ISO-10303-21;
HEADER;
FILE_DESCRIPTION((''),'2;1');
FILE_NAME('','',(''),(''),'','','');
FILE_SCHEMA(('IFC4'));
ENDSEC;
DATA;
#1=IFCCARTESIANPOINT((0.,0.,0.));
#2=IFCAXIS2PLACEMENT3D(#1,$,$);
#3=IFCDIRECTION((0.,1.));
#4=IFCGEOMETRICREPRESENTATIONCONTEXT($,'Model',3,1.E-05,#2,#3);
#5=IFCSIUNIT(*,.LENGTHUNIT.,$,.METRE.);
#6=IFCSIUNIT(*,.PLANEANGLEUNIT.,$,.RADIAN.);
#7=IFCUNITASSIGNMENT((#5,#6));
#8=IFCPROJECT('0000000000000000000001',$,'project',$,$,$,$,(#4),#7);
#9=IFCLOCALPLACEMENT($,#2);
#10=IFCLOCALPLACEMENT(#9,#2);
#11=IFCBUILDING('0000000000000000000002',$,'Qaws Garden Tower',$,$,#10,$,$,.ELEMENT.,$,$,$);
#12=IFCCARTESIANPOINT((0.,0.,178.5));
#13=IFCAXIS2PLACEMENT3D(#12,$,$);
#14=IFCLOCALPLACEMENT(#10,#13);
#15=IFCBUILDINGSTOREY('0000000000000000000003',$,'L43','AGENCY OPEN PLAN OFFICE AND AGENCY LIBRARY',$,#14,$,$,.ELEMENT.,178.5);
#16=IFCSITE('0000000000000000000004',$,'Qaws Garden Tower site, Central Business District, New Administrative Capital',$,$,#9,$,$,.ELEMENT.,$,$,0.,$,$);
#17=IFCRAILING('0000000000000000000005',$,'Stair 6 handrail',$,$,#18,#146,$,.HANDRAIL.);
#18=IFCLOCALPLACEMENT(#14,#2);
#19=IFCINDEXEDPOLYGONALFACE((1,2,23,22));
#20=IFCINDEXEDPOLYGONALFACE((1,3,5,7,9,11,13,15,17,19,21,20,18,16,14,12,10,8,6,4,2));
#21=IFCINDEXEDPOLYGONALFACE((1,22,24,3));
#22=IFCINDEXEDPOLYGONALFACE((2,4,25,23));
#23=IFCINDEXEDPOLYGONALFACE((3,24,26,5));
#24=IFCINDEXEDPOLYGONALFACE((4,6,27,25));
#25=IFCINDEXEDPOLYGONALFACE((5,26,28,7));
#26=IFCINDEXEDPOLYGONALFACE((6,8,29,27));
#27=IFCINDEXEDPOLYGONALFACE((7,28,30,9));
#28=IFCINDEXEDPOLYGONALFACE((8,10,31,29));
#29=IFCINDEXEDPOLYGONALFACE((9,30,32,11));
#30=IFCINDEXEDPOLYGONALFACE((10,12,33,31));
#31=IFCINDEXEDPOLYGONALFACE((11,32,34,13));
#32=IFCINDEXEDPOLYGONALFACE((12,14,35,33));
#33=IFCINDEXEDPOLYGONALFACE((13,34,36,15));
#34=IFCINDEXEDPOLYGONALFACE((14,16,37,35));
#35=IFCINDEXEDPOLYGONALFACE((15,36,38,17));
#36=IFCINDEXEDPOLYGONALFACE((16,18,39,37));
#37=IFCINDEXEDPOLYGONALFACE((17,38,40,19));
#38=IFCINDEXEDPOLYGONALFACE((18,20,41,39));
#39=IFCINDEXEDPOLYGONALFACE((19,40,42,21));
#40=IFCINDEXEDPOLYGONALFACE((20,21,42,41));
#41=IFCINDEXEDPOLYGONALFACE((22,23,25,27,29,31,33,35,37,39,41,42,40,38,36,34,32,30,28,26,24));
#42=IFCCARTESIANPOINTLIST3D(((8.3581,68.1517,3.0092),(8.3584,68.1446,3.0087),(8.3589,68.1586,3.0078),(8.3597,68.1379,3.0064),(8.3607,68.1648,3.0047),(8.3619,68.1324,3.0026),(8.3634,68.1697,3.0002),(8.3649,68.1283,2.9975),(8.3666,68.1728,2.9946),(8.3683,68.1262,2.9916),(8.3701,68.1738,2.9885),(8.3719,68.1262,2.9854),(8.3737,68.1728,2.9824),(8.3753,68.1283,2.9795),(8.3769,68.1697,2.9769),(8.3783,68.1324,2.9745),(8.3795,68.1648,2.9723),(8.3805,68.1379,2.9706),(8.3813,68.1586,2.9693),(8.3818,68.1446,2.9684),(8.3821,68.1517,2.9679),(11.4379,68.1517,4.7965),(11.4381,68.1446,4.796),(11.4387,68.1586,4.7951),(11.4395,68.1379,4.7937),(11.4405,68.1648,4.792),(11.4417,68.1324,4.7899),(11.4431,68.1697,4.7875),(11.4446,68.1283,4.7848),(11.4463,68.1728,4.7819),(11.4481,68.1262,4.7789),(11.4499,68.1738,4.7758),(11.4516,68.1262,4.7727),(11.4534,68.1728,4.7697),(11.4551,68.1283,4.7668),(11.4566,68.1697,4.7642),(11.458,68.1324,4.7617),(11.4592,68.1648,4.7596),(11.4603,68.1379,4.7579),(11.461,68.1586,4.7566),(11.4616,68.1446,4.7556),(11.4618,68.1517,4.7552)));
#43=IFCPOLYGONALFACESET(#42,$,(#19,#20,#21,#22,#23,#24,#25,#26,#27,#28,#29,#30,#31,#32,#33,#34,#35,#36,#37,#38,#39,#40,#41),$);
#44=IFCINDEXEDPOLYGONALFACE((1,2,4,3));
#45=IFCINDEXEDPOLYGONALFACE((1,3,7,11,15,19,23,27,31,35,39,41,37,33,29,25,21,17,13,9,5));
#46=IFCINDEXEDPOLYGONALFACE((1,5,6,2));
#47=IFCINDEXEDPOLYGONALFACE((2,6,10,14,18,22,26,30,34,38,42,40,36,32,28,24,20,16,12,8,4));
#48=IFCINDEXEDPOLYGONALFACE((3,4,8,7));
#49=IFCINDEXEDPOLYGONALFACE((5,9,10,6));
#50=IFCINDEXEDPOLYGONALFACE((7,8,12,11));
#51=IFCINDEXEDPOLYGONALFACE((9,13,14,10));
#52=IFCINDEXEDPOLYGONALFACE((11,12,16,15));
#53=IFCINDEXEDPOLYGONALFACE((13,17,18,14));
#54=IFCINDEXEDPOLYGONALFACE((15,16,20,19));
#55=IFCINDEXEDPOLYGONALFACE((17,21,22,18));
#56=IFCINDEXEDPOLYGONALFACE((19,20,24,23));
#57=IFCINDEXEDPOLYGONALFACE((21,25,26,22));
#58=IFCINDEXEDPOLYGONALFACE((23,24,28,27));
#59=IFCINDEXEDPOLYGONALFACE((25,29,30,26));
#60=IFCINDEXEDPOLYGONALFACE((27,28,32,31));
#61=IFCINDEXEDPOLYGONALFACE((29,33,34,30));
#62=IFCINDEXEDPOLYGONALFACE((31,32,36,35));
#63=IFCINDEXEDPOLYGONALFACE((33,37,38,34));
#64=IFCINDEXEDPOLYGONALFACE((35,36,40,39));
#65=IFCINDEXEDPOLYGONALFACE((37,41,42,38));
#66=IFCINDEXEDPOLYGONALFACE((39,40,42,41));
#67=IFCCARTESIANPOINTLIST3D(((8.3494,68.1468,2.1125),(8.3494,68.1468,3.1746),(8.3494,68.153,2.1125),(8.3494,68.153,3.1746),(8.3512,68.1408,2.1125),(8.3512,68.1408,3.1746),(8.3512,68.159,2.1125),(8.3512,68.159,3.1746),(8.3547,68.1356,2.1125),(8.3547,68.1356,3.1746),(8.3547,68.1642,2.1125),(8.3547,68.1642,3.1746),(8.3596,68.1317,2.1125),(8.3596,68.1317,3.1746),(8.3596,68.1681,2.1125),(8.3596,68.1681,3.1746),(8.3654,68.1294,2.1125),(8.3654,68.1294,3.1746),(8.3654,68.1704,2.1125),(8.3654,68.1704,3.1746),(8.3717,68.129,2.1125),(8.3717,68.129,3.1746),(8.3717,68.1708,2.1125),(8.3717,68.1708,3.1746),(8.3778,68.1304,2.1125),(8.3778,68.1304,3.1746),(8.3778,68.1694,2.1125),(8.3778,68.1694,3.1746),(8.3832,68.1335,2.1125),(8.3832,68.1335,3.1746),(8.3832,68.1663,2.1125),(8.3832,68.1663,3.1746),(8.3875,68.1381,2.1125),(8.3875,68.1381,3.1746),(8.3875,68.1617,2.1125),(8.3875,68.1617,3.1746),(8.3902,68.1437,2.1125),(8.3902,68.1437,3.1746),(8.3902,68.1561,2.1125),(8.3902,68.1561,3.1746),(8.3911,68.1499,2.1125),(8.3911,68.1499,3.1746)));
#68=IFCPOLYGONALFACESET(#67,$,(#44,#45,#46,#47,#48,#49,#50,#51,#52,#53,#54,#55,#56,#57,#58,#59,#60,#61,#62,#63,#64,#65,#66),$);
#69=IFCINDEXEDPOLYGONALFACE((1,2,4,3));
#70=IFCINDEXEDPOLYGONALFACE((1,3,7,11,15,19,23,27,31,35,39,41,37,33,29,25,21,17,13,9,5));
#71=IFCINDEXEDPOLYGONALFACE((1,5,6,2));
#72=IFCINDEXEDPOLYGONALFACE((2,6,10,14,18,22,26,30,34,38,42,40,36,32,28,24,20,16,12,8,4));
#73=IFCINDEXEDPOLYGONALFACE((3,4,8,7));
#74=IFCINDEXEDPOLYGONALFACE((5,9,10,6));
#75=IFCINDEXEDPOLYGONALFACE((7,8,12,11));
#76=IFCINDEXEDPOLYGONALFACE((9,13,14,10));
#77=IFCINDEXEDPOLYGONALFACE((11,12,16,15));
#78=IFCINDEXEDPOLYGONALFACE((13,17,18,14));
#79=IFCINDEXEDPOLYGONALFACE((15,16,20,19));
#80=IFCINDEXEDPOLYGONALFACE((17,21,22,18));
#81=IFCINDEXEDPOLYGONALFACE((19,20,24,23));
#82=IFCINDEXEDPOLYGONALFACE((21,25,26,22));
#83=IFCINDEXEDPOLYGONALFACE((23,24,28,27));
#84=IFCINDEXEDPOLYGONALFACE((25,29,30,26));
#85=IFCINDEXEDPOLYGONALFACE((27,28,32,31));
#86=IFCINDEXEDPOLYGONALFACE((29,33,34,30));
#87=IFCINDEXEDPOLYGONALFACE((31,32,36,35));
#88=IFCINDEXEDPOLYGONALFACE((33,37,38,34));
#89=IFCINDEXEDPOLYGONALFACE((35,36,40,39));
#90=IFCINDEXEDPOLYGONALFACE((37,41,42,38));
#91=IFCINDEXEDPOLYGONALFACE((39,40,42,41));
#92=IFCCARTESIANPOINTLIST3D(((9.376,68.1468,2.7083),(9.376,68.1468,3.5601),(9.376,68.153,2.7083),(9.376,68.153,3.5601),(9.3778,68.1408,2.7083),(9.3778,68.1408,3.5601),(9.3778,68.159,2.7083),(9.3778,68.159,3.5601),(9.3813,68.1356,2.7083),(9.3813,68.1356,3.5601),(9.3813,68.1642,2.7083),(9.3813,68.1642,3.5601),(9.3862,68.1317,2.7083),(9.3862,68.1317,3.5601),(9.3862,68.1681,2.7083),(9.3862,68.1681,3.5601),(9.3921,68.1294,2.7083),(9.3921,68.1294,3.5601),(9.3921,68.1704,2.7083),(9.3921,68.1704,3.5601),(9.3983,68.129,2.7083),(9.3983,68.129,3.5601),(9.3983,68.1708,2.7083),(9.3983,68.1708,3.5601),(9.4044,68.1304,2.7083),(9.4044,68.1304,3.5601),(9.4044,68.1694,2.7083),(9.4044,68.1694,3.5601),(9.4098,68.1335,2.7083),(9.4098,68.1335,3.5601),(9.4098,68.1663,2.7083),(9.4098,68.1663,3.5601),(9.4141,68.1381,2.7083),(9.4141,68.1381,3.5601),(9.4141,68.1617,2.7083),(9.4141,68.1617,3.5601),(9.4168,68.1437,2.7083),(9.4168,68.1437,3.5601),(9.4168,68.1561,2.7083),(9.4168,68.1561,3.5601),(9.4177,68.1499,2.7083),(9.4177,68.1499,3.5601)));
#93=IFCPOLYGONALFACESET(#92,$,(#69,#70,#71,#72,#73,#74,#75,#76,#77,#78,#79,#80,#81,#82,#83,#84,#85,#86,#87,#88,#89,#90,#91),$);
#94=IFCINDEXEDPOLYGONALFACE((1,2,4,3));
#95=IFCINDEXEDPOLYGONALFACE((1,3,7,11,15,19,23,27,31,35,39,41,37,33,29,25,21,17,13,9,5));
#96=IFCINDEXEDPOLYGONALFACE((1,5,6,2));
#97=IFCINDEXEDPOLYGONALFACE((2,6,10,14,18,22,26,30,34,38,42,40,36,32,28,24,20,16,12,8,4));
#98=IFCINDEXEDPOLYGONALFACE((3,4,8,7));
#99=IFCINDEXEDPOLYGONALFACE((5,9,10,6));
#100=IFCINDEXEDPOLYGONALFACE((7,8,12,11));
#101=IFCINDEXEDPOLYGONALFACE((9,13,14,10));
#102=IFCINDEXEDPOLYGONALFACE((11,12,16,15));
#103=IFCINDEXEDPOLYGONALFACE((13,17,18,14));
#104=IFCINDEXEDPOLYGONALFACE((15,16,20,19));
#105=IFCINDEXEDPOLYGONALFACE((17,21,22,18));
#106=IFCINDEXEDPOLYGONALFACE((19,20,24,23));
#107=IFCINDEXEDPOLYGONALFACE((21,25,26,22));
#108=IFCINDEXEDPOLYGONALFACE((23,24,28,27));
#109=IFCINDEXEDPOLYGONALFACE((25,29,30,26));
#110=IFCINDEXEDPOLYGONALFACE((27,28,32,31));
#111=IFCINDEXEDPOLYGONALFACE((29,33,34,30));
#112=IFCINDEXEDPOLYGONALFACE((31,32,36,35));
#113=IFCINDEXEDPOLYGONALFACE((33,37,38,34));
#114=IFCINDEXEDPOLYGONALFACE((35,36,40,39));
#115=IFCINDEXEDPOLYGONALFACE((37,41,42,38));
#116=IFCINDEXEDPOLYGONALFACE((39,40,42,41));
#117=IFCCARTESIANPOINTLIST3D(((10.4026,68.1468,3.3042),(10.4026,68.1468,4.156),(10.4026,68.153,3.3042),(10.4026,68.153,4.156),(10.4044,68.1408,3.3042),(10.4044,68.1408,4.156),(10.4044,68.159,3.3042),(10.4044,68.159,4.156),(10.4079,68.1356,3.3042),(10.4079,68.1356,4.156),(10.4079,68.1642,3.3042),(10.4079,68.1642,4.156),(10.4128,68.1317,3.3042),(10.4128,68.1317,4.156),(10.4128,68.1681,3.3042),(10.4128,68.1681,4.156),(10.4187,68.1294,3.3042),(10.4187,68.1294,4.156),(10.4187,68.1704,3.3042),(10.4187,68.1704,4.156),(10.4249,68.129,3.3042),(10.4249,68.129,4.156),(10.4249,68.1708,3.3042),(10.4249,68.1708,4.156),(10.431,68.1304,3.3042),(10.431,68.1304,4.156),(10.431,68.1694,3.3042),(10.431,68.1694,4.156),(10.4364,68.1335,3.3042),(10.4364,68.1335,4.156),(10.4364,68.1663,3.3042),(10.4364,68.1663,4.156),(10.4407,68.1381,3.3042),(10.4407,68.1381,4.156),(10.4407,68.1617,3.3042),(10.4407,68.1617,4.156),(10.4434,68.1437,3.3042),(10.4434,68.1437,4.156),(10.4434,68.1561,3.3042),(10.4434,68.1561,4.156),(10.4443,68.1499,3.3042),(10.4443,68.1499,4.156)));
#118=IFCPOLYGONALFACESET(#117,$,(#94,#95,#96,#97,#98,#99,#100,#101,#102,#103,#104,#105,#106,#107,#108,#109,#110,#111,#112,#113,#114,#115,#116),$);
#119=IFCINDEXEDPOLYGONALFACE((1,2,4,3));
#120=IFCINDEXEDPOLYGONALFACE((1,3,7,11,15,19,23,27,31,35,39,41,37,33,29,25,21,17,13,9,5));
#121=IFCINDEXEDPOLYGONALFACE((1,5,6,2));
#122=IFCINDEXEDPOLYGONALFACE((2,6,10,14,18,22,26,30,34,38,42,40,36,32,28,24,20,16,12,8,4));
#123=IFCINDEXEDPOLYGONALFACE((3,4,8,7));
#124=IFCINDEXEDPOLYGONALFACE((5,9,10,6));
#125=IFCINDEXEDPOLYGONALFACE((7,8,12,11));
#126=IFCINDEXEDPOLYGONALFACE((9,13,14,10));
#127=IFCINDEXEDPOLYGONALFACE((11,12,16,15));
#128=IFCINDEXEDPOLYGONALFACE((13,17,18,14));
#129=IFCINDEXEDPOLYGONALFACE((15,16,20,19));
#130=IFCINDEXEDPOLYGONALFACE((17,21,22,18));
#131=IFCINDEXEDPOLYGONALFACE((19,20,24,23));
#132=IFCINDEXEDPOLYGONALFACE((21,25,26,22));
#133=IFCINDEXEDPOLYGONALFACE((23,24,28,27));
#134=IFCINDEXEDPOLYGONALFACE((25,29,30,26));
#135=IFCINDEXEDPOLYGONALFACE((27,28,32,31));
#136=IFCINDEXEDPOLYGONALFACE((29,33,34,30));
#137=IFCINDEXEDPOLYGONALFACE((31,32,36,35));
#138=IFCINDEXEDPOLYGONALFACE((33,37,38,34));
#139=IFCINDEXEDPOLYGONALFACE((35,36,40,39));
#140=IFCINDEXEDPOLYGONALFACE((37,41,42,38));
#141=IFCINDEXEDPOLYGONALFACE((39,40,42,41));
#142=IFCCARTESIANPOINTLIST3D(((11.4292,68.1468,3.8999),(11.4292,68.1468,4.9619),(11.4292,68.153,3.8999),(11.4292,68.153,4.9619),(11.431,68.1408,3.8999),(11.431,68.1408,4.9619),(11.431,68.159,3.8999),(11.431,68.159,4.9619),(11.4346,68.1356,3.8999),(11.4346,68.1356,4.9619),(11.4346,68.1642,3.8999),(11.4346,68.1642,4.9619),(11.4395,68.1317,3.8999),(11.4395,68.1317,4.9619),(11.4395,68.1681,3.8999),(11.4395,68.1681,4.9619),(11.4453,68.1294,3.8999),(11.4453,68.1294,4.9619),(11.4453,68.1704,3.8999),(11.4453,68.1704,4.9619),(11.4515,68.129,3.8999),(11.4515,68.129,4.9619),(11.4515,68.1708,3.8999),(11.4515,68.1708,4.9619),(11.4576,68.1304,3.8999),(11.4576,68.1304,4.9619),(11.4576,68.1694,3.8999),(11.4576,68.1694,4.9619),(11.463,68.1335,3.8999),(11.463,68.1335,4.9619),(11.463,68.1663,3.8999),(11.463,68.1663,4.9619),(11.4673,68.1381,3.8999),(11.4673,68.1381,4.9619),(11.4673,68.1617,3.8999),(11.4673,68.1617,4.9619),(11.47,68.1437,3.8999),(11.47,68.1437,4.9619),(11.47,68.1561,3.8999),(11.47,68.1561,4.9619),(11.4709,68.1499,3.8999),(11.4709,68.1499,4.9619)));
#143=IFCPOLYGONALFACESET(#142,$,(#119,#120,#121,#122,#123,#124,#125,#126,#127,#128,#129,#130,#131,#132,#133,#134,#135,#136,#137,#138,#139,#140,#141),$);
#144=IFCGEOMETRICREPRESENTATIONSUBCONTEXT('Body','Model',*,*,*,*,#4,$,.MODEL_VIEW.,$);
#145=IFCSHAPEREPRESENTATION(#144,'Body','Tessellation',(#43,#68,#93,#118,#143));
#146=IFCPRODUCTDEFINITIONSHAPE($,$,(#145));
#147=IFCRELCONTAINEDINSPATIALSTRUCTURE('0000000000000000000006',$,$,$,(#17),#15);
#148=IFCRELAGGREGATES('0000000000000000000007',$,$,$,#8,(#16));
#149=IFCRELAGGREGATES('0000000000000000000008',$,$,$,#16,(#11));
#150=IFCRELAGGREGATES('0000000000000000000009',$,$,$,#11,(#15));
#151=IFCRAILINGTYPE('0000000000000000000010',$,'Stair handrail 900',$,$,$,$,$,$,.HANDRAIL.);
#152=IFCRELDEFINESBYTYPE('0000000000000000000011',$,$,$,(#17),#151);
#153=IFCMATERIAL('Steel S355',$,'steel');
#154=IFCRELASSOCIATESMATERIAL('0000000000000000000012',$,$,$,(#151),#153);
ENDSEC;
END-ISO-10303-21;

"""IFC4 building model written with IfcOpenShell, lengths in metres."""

from ifc_helpers import new_model, si_unit, direction, frame, origin, origin_2d, place, context, subcontext, project, spatial, circle, extrude, material, type_object, element, save


model = new_model("IFC4")

# Units and contexts
model_context = context("Model", 3, precision=1e-05, world=origin(), true_north=direction((0.0, 1.0)))
body_context = subcontext(model_context, "Body", "Model", "MODEL_VIEW")
ifc_project = project(units=[si_unit("LENGTHUNIT", "METRE"), si_unit("PLANEANGLEUNIT", "RADIAN")], contexts=[model_context])

# Site, building, storey
site_placement = place(None, origin())
site = spatial("IfcSite", under=ifc_project, at=site_placement, Name="Qaws Garden Tower site, Central Business District, New Administrative Capital", CompositionType="ELEMENT", RefElevation=0.0)
building_placement = place(site_placement, origin())
building = spatial("IfcBuilding", under=site, at=building_placement, Name="Qaws Garden Tower", CompositionType="ELEMENT")
storey_placement = place(building_placement, frame((0.0, 0.0, 178.5)))
storey = spatial("IfcBuildingStorey", under=building, at=storey_placement, Name="L43", Description="AGENCY OPEN PLAN OFFICE AND AGENCY LIBRARY", CompositionType="ELEMENT", Elevation=178.5)

# Railing
ifc_material_1 = material(Name="Steel S355", Category="steel")
railing_type = type_object("IfcRailingType", Name="Stair handrail 900", PredefinedType="HANDRAIL", material=ifc_material_1)
railing_1_placement = place(storey_placement, frame((8.3701, 68.1499, 2.1125)))
element("IfcRailing", 1, at=railing_1_placement, inside=storey, type_object=railing_type, Name="Stair 6 handrail", PredefinedType="HANDRAIL", context=body_context, shape_type="SweptSolid", body=[
    extrude(circle(Radius=0.0239, at=origin_2d()), frame((0.0, 0.0, 0.876), z_axis=(0.864903, 0.0, 0.501939), x_axis=(0.0, 1.0, 0.0)), (0.0, 0.0, 1.0), 3.5608),
    extrude(circle(Radius=0.021, at=origin_2d()), origin(), (0.0, 0.0, 1.0), 1.062),
    extrude(circle(Radius=0.021, at=origin_2d()), frame((1.0266, 0.0, 0.5957)), (0.0, 0.0, 1.0), 0.8518),
    extrude(circle(Radius=0.021, at=origin_2d()), frame((2.0532, 0.0, 1.1917)), (0.0, 0.0, 1.0), 0.8518),
    extrude(circle(Radius=0.021, at=origin_2d()), frame((3.0798, 0.0, 1.7874)), (0.0, 0.0, 1.0), 1.062),
])

save(model, "model.ifc")
